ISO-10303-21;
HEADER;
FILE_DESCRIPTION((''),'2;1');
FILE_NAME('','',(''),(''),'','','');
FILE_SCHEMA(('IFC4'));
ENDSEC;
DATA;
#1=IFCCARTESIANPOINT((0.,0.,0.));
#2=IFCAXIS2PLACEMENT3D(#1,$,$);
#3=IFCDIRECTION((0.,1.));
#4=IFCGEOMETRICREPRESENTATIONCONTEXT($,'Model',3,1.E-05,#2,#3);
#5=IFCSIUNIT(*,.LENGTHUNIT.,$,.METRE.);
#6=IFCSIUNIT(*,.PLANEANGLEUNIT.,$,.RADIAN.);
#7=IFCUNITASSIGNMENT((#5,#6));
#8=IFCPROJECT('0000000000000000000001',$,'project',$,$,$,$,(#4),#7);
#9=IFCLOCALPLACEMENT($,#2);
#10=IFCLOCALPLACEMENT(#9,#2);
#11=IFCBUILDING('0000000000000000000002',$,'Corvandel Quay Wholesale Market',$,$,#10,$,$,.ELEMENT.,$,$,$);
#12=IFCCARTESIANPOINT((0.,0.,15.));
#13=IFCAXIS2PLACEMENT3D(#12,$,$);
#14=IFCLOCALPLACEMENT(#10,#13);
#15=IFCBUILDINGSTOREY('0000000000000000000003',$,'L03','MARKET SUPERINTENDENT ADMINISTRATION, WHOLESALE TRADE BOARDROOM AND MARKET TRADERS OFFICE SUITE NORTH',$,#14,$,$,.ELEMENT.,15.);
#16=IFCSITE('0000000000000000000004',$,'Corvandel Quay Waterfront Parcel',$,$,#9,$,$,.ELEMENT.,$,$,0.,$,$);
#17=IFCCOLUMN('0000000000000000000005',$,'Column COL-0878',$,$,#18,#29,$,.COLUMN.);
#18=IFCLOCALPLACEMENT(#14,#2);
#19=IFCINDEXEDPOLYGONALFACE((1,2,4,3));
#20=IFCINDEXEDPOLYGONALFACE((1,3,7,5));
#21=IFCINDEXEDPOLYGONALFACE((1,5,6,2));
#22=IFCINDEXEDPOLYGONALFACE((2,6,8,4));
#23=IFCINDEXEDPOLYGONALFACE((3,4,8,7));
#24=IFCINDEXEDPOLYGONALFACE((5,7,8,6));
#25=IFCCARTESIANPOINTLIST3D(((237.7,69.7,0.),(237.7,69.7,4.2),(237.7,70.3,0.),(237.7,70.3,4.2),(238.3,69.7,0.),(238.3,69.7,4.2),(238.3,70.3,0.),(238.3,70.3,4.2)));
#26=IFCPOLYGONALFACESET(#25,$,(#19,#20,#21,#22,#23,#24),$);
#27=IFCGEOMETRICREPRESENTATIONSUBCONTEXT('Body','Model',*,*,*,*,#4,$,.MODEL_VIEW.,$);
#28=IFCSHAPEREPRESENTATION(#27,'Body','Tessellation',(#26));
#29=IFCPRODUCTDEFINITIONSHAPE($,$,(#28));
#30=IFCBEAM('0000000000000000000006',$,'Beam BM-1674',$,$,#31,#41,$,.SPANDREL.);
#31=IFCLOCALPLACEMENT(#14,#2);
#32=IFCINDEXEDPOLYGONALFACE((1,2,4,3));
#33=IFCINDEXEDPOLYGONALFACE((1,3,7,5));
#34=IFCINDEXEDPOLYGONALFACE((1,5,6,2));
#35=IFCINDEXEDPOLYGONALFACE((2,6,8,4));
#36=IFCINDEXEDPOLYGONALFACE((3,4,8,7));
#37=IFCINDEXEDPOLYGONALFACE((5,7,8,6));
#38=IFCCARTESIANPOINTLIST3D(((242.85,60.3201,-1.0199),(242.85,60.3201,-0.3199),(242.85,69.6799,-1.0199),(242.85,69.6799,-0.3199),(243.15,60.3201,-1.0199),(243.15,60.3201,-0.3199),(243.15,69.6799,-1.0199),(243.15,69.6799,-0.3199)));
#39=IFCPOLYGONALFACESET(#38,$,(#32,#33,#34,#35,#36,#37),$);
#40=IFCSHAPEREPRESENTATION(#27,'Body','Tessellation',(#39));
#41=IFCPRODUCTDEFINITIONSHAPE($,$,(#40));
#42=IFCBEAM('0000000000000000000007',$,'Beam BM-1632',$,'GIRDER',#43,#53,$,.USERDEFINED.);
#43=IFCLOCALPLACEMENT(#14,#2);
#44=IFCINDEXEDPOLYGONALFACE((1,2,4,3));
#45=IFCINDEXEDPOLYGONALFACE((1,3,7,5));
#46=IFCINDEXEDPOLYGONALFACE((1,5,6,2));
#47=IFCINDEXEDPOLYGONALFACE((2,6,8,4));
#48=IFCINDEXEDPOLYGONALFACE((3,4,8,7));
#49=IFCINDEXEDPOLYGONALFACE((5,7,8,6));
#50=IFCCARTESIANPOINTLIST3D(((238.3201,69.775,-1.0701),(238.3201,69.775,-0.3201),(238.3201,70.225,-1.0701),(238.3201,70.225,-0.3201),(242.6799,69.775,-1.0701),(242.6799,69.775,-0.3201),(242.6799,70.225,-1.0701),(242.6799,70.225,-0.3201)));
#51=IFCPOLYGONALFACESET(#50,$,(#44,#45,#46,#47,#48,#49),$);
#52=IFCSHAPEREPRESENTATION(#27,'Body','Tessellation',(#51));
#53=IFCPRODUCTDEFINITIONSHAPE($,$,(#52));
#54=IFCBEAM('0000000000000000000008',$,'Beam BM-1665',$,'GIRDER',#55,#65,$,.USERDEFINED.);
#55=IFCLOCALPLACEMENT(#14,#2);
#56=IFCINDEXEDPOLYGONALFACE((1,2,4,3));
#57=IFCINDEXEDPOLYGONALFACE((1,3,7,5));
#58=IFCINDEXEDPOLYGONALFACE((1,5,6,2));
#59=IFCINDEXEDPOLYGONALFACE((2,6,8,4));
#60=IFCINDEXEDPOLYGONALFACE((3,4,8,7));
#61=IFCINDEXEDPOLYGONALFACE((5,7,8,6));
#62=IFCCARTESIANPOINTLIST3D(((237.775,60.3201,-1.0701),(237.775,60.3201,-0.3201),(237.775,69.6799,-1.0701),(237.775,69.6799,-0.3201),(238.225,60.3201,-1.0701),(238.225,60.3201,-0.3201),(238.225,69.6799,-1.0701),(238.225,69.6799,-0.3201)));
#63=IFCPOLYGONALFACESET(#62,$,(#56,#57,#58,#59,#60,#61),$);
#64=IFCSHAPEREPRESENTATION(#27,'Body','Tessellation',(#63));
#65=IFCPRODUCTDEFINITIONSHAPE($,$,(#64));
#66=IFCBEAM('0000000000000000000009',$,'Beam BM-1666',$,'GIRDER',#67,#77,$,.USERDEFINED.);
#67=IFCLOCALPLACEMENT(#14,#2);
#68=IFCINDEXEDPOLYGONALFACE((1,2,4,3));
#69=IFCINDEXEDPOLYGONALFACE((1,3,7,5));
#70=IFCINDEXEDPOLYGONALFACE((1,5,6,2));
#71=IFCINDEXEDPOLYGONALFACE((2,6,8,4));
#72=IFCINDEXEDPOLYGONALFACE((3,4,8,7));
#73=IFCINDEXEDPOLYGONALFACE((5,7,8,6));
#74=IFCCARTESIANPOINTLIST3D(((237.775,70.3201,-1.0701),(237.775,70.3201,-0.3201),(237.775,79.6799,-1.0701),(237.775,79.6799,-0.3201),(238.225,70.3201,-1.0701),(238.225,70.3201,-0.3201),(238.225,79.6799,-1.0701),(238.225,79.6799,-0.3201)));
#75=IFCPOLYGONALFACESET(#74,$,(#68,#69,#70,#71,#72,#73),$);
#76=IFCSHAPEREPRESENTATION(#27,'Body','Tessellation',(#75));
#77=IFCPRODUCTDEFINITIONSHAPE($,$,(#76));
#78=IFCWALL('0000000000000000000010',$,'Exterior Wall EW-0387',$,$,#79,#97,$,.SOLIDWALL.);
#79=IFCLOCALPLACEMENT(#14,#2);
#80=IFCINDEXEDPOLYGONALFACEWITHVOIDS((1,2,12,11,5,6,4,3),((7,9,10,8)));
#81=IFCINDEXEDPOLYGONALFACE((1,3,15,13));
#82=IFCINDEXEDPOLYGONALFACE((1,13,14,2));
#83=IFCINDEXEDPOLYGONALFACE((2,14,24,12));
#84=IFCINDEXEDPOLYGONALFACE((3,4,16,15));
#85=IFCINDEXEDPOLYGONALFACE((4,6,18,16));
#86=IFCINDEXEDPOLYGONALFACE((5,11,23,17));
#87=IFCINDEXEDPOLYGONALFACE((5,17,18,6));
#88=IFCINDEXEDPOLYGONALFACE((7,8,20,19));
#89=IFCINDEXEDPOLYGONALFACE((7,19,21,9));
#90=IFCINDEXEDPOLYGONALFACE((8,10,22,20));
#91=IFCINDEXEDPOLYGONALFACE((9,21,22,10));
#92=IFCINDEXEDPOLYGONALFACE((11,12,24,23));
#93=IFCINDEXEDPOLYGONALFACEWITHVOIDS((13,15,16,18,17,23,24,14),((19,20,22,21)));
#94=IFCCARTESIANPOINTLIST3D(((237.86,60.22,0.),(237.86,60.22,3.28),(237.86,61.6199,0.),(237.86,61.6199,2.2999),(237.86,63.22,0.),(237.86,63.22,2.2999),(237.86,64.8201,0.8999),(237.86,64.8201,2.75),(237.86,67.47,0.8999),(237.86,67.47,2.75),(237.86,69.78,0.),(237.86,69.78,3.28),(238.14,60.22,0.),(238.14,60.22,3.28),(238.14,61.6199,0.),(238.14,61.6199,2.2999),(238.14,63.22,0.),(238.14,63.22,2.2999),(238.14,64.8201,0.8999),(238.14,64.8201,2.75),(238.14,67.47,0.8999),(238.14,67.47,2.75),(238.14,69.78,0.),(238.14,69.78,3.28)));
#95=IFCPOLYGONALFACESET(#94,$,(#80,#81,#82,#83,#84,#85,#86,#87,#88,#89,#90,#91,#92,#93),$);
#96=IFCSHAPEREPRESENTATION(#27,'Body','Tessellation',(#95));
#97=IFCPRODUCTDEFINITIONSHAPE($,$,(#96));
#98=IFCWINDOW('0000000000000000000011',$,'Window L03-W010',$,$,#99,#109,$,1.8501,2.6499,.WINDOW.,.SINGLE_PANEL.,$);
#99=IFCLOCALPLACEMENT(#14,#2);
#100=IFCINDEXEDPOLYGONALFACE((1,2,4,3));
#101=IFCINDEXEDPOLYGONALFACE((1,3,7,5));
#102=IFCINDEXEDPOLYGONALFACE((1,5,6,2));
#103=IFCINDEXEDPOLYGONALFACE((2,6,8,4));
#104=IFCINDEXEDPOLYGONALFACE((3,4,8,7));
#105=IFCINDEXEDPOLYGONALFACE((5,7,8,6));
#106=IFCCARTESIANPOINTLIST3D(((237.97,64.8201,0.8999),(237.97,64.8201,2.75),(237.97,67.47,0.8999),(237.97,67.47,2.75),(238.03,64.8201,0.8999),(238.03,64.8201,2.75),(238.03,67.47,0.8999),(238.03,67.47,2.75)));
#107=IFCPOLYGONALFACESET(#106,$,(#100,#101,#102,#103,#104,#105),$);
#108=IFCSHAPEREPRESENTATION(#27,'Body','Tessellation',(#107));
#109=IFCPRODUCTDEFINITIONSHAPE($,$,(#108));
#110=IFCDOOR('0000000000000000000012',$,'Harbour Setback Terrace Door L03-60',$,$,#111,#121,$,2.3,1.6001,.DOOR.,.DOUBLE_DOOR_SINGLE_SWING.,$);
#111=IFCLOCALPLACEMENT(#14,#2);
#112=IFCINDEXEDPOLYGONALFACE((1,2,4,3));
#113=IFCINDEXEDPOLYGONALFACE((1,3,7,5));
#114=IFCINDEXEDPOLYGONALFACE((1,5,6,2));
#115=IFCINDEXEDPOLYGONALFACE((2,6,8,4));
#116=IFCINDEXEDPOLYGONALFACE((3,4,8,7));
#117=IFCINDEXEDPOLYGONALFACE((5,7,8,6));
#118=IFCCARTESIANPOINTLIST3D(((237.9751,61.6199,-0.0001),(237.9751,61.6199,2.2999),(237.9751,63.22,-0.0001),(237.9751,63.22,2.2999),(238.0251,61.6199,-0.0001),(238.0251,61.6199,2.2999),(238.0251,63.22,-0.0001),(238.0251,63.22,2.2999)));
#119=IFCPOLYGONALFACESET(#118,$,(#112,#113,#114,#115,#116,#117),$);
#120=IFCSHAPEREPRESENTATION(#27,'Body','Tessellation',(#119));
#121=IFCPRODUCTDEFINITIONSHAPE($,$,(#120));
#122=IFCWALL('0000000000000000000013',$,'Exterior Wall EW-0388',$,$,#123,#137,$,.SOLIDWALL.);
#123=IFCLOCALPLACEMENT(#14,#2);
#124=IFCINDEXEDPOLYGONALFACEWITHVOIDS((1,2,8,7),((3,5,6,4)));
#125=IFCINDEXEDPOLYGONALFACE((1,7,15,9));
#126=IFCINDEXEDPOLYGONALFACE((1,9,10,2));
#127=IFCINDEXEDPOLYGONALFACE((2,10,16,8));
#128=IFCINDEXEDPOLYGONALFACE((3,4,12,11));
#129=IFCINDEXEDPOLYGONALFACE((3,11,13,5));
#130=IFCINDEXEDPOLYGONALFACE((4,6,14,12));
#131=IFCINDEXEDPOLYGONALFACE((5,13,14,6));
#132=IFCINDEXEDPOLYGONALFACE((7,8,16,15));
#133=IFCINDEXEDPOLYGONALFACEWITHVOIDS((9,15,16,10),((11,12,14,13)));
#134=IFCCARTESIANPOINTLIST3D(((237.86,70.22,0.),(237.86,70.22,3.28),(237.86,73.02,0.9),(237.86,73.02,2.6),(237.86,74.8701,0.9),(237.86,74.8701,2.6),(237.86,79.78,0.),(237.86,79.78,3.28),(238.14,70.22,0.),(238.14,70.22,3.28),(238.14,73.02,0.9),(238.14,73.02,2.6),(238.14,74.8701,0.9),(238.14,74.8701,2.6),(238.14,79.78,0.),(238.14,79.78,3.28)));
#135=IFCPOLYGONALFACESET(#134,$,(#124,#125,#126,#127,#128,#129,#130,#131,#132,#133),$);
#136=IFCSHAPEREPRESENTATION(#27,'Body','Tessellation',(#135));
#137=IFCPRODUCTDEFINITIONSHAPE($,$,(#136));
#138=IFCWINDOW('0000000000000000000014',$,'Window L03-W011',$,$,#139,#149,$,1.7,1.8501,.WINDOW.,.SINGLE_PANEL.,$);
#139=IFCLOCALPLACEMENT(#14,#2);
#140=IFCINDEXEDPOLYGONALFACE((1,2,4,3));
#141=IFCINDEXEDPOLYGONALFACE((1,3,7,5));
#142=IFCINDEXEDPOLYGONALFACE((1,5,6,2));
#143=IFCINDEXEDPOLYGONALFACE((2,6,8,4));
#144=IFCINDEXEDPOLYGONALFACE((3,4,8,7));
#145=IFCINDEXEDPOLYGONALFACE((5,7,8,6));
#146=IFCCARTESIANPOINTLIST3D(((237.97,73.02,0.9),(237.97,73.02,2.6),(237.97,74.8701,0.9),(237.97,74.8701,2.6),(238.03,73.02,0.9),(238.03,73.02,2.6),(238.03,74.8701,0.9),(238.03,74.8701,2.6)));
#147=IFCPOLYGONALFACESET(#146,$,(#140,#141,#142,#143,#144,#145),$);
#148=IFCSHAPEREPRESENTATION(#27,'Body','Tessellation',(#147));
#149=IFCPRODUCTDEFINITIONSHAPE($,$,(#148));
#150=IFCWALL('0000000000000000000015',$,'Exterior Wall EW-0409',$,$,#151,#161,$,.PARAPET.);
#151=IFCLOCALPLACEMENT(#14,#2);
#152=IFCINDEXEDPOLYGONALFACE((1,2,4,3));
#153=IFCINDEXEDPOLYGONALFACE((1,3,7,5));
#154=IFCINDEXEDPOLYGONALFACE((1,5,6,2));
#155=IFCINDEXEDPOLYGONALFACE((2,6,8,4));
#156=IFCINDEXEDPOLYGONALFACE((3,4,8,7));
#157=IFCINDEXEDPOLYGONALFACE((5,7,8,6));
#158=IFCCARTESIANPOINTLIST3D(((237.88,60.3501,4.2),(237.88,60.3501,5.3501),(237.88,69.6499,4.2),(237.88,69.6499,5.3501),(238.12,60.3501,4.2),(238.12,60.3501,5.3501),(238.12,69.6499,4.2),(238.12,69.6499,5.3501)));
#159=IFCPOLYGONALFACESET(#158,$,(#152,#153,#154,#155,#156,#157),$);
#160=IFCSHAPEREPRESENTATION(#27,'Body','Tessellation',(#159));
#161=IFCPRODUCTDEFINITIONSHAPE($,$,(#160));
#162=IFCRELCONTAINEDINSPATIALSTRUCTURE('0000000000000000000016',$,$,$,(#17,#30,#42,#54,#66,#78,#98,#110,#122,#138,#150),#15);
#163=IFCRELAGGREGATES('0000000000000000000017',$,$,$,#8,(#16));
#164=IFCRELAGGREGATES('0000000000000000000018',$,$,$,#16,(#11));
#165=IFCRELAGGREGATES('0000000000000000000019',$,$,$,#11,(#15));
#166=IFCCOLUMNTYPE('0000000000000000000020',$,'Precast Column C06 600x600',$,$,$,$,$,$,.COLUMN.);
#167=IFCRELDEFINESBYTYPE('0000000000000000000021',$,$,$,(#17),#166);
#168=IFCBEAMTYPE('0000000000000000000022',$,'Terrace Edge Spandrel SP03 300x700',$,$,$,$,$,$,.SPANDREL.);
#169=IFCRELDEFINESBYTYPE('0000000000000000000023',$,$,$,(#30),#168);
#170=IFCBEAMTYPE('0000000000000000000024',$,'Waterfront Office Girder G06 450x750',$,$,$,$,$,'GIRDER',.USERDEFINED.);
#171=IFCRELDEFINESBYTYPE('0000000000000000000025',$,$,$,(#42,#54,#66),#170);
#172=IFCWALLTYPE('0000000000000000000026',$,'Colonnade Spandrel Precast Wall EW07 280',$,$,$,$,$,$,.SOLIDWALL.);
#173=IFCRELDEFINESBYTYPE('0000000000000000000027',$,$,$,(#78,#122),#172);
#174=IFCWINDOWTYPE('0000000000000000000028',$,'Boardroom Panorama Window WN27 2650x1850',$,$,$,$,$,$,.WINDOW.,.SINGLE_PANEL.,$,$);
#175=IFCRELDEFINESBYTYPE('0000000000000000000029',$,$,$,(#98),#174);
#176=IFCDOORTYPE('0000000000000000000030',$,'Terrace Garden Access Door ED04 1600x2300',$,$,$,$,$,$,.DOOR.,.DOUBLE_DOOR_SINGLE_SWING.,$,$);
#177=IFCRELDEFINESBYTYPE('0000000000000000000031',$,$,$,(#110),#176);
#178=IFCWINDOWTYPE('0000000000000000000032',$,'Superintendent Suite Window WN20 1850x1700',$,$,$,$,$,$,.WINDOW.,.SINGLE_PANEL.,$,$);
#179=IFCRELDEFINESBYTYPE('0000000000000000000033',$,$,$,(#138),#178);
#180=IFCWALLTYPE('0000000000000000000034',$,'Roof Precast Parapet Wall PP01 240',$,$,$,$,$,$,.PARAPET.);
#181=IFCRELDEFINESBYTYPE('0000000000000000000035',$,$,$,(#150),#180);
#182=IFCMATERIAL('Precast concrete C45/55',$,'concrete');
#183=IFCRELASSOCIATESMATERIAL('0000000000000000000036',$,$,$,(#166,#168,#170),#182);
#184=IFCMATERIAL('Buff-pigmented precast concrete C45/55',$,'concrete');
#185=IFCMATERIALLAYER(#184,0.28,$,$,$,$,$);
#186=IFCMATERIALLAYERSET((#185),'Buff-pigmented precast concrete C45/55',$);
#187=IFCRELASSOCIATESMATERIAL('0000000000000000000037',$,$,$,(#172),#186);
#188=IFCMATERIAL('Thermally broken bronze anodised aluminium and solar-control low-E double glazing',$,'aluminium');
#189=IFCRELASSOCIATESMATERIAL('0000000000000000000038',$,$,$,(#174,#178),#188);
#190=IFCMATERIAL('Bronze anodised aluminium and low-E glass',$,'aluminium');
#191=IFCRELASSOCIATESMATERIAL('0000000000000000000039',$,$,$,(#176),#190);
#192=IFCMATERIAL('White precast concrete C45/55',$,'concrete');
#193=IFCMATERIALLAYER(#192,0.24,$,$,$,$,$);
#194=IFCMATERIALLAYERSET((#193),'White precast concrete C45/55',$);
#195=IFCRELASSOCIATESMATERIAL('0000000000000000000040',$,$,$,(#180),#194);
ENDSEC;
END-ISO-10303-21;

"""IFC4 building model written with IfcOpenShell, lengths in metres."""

from ifc_helpers import new_model, si_unit, direction, frame, frame_2d, origin, origin_2d, place, context, subcontext, project, spatial, rectangle, extrude, material, layer, layer_set, material_profile, profile_set, type_object, element, fill, save


model = new_model("IFC4")

# Units and contexts
model_context = context("Model", 3, precision=1e-05, world=origin(), true_north=direction((0.0, 1.0)))
body_context = subcontext(model_context, "Body", "Model", "MODEL_VIEW")
ifc_project = project(units=[si_unit("LENGTHUNIT", "METRE"), si_unit("PLANEANGLEUNIT", "RADIAN")], contexts=[model_context])

# Site, building, storey
site_placement = place(None, origin())
site = spatial("IfcSite", under=ifc_project, at=site_placement, Name="Corvandel Quay Waterfront Parcel", CompositionType="ELEMENT", RefElevation=0.0)
building_placement = place(site_placement, origin())
building = spatial("IfcBuilding", under=site, at=building_placement, Name="Corvandel Quay Wholesale Market", CompositionType="ELEMENT")
storey_placement = place(building_placement, frame((0.0, 0.0, 15.0)))
storey = spatial("IfcBuildingStorey", under=building, at=storey_placement, Name="L03", Description="MARKET SUPERINTENDENT ADMINISTRATION, WHOLESALE TRADE BOARDROOM AND MARKET TRADERS OFFICE SUITE NORTH", CompositionType="ELEMENT", Elevation=15.0)

# Column
ifc_material_1 = material(Name="Precast concrete C45/55", Category="concrete")
ifc_material_profile_1 = material_profile(ifc_material_1, rectangle(XDim=0.6001, YDim=0.6001, at=origin_2d()), Name="PC-COL-600x600")
ifc_profile_set_1 = profile_set([ifc_material_profile_1], Name="Precast concrete C45/55")
column_type = type_object("IfcColumnType", Name="Precast Column C06 600x600", PredefinedType="COLUMN", material=ifc_profile_set_1)
column_placement = place(storey_placement, frame((238.0, 70.0, 0.0), z_axis=(0.0, 0.0, 1.0), x_axis=(1.0, 0.0, 0.0)))
element("IfcColumn", 1, at=column_placement, inside=storey, type_object=column_type, Name="Column COL-0878", PredefinedType="COLUMN", context=body_context, shape_type="SweptSolid", body=[
    extrude(rectangle(XDim=0.6001, YDim=0.6001, at=origin_2d()), origin(), (0.0, 0.0, 1.0), 4.2),
])

# Beams
ifc_material_profile_2 = material_profile(ifc_material_1, rectangle(XDim=0.3, YDim=0.7, at=origin_2d()), Name="PC-SPN-300x700")
ifc_profile_set_2 = profile_set([ifc_material_profile_2], Name="Precast concrete C45/55")
beam_type_1 = type_object("IfcBeamType", Name="Terrace Edge Spandrel SP03 300x700", PredefinedType="SPANDREL", material=ifc_profile_set_2)
beam_1_placement = place(storey_placement, frame((243.0, 60.3201, -0.6699), z_axis=(0.0, 1.0, 0.0), x_axis=(-1.0, 0.0, 0.0)))
element("IfcBeam", 2, at=beam_1_placement, inside=storey, type_object=beam_type_1, Name="Beam BM-1674", PredefinedType="SPANDREL", context=body_context, shape_type="SweptSolid", body=[
    extrude(rectangle(XDim=0.3, YDim=0.7, at=origin_2d()), origin(), (0.0, 0.0, 1.0), 9.3599),
])
ifc_material_profile_3 = material_profile(ifc_material_1, rectangle(XDim=0.45, YDim=0.75, at=origin_2d()), Name="PC-GIR-450x750")
ifc_profile_set_3 = profile_set([ifc_material_profile_3], Name="Precast concrete C45/55")
beam_type_2 = type_object("IfcBeamType", Name="Waterfront Office Girder G06 450x750", ElementType="GIRDER", PredefinedType="USERDEFINED", material=ifc_profile_set_3)
beam_2_placement = place(storey_placement, frame((238.3201, 70.0, -0.6951), z_axis=(1.0, 0.0, 0.0), x_axis=(0.0, 1.0, 0.0)))
element("IfcBeam", 3, at=beam_2_placement, inside=storey, type_object=beam_type_2, Name="Beam BM-1632", ObjectType="GIRDER", PredefinedType="USERDEFINED", context=body_context, shape_type="SweptSolid", body=[
    extrude(rectangle(XDim=0.45, YDim=0.75, at=origin_2d()), origin(), (0.0, 0.0, 1.0), 4.3599),
])
for number, where, z_axis, x_axis, name in (
    (4, (238.0, 60.3201, -0.6951), (0.0, 1.0, 0.0), (-1.0, 0.0, 0.0), "Beam BM-1665"),
    (5, (238.0, 70.3201, -0.6951), (0.0, 1.0, 0.0), (-1.0, 0.0, 0.0), "Beam BM-1666"),
):
    element("IfcBeam", number, at=place(storey_placement, frame(where, z_axis=z_axis, x_axis=x_axis)), inside=storey, type_object=beam_type_2, Name=name, ObjectType="GIRDER", PredefinedType="USERDEFINED", context=body_context, shape_type="SweptSolid", body=[
        extrude(rectangle(XDim=0.45, YDim=0.75, at=origin_2d()), origin(), (0.0, 0.0, 1.0), 9.3599),
    ])

# Wall, openings, window, door
ifc_material_2 = material(Name="Buff-pigmented precast concrete C45/55", Category="concrete")
ifc_layer_1 = layer(ifc_material_2, 0.28)
ifc_layer_set_1 = layer_set([ifc_layer_1], Name="Buff-pigmented precast concrete C45/55")
wall_type_1 = type_object("IfcWallType", Name="Colonnade Spandrel Precast Wall EW07 280", PredefinedType="SOLIDWALL", material=ifc_layer_set_1)
wall_1_placement = place(storey_placement, frame((238.0, 60.22, 0.0), z_axis=(0.0, 0.0, 1.0), x_axis=(0.0, 1.0, 0.0)))
wall_1 = element("IfcWall", 6, at=wall_1_placement, inside=storey, type_object=wall_type_1, Name="Exterior Wall EW-0387", PredefinedType="SOLIDWALL", context=body_context, shape_type="SweptSolid", body=[
    extrude(rectangle(XDim=9.5601, YDim=0.28, at=frame_2d((4.78, 0.0))), origin(), (0.0, 0.0, 1.0), 3.28),
])
opening_1_placement = place(wall_1_placement, frame((1.3999, 0.0, 0.0)))
opening_1 = element("IfcOpeningElement", 7, at=opening_1_placement, cuts=wall_1, PredefinedType="OPENING", context=body_context, shape_type="SweptSolid", body=[
    extrude(rectangle(XDim=1.6001, YDim=2.3, at=frame_2d((0.8, 1.1499))), frame((0.0, 0.1499, 0.0), z_axis=(0.0, -1.0, 0.0), x_axis=(1.0, 0.0, 0.0)), (0.0, 0.0, 1.0), 0.3),
])
opening_2_placement = place(wall_1_placement, frame((4.6001, 0.0, 0.8999)))
opening_2 = element("IfcOpeningElement", 8, at=opening_2_placement, cuts=wall_1, PredefinedType="OPENING", context=body_context, shape_type="SweptSolid", body=[
    extrude(rectangle(XDim=2.6499, YDim=1.8501, at=frame_2d((1.325, 0.925))), frame((0.0, 0.1499, 0.0), z_axis=(0.0, -1.0, 0.0), x_axis=(1.0, 0.0, 0.0)), (0.0, 0.0, 1.0), 0.3),
])
ifc_material_3 = material(Name="Thermally broken bronze anodised aluminium and solar-control low-E double glazing", Category="aluminium")
window_type_1 = type_object("IfcWindowType", Name="Boardroom Panorama Window WN27 2650x1850", PartitioningType="SINGLE_PANEL", PredefinedType="WINDOW", material=ifc_material_3)
window_1_placement = place(opening_2_placement, origin())
window_1 = element("IfcWindow", 9, at=window_1_placement, inside=storey, type_object=window_type_1, Name="Window L03-W010", OverallHeight=1.8501, OverallWidth=2.6499, PartitioningType="SINGLE_PANEL", PredefinedType="WINDOW", context=body_context, shape_type="SweptSolid", body=[
    extrude(rectangle(XDim=2.6499, YDim=1.8501, at=frame_2d((1.325, 0.925))), frame((0.0, 0.03, 0.0), z_axis=(0.0, -1.0, 0.0), x_axis=(1.0, 0.0, 0.0)), (0.0, 0.0, 1.0), 0.0601),
])
fill(opening_2, window_1)
ifc_material_4 = material(Name="Bronze anodised aluminium and low-E glass", Category="aluminium")
door_type = type_object("IfcDoorType", Name="Terrace Garden Access Door ED04 1600x2300", OperationType="DOUBLE_DOOR_SINGLE_SWING", PredefinedType="DOOR", material=ifc_material_4)
door_placement = place(opening_1_placement, origin())
door = element("IfcDoor", 10, at=door_placement, inside=storey, type_object=door_type, Name="Harbour Setback Terrace Door L03-60", OperationType="DOUBLE_DOOR_SINGLE_SWING", OverallHeight=2.3, OverallWidth=1.6001, PredefinedType="DOOR", context=body_context, shape_type="SweptSolid", body=[
    extrude(rectangle(XDim=1.6001, YDim=2.3, at=frame_2d((0.8, 1.1499))), frame((0.0, 0.0249, 0.0), z_axis=(0.0, -1.0, 0.0), x_axis=(1.0, 0.0, 0.0)), (0.0, 0.0, 1.0), 0.05),
])
fill(opening_1, door)

# Wall, opening, window
wall_2_placement = place(storey_placement, frame((238.0, 70.22, 0.0), z_axis=(0.0, 0.0, 1.0), x_axis=(0.0, 1.0, 0.0)))
wall_2 = element("IfcWall", 11, at=wall_2_placement, inside=storey, type_object=wall_type_1, Name="Exterior Wall EW-0388", PredefinedType="SOLIDWALL", context=body_context, shape_type="SweptSolid", body=[
    extrude(rectangle(XDim=9.5601, YDim=0.28, at=frame_2d((4.78, 0.0))), origin(), (0.0, 0.0, 1.0), 3.28),
])
opening_3_placement = place(wall_2_placement, frame((2.8, 0.0, 0.8999)))
opening_3 = element("IfcOpeningElement", 12, at=opening_3_placement, cuts=wall_2, PredefinedType="OPENING", context=body_context, shape_type="SweptSolid", body=[
    extrude(rectangle(XDim=1.8501, YDim=1.7, at=frame_2d((0.925, 0.8501))), frame((0.0, 0.1499, 0.0), z_axis=(0.0, -1.0, 0.0), x_axis=(1.0, 0.0, 0.0)), (0.0, 0.0, 1.0), 0.3),
])
window_type_2 = type_object("IfcWindowType", Name="Superintendent Suite Window WN20 1850x1700", PartitioningType="SINGLE_PANEL", PredefinedType="WINDOW", material=ifc_material_3)
window_2_placement = place(opening_3_placement, origin())
window_2 = element("IfcWindow", 13, at=window_2_placement, inside=storey, type_object=window_type_2, Name="Window L03-W011", OverallHeight=1.7, OverallWidth=1.8501, PartitioningType="SINGLE_PANEL", PredefinedType="WINDOW", context=body_context, shape_type="SweptSolid", body=[
    extrude(rectangle(XDim=1.8501, YDim=1.7, at=frame_2d((0.925, 0.8501))), frame((0.0, 0.03, 0.0), z_axis=(0.0, -1.0, 0.0), x_axis=(1.0, 0.0, 0.0)), (0.0, 0.0, 1.0), 0.0601),
])
fill(opening_3, window_2)

# Wall
ifc_material_5 = material(Name="White precast concrete C45/55", Category="concrete")
ifc_layer_2 = layer(ifc_material_5, 0.24)
ifc_layer_set_2 = layer_set([ifc_layer_2], Name="White precast concrete C45/55")
wall_type_2 = type_object("IfcWallType", Name="Roof Precast Parapet Wall PP01 240", PredefinedType="PARAPET", material=ifc_layer_set_2)
wall_3_placement = place(storey_placement, frame((238.0, 60.3501, 4.2), z_axis=(0.0, 0.0, 1.0), x_axis=(0.0, 1.0, 0.0)))
element("IfcWall", 14, at=wall_3_placement, inside=storey, type_object=wall_type_2, Name="Exterior Wall EW-0409", PredefinedType="PARAPET", context=body_context, shape_type="SweptSolid", body=[
    extrude(rectangle(XDim=9.2998, YDim=0.24, at=frame_2d((4.6499, 0.0))), origin(), (0.0, 0.0, 1.0), 1.1501),
])

save(model, "model.ifc")
